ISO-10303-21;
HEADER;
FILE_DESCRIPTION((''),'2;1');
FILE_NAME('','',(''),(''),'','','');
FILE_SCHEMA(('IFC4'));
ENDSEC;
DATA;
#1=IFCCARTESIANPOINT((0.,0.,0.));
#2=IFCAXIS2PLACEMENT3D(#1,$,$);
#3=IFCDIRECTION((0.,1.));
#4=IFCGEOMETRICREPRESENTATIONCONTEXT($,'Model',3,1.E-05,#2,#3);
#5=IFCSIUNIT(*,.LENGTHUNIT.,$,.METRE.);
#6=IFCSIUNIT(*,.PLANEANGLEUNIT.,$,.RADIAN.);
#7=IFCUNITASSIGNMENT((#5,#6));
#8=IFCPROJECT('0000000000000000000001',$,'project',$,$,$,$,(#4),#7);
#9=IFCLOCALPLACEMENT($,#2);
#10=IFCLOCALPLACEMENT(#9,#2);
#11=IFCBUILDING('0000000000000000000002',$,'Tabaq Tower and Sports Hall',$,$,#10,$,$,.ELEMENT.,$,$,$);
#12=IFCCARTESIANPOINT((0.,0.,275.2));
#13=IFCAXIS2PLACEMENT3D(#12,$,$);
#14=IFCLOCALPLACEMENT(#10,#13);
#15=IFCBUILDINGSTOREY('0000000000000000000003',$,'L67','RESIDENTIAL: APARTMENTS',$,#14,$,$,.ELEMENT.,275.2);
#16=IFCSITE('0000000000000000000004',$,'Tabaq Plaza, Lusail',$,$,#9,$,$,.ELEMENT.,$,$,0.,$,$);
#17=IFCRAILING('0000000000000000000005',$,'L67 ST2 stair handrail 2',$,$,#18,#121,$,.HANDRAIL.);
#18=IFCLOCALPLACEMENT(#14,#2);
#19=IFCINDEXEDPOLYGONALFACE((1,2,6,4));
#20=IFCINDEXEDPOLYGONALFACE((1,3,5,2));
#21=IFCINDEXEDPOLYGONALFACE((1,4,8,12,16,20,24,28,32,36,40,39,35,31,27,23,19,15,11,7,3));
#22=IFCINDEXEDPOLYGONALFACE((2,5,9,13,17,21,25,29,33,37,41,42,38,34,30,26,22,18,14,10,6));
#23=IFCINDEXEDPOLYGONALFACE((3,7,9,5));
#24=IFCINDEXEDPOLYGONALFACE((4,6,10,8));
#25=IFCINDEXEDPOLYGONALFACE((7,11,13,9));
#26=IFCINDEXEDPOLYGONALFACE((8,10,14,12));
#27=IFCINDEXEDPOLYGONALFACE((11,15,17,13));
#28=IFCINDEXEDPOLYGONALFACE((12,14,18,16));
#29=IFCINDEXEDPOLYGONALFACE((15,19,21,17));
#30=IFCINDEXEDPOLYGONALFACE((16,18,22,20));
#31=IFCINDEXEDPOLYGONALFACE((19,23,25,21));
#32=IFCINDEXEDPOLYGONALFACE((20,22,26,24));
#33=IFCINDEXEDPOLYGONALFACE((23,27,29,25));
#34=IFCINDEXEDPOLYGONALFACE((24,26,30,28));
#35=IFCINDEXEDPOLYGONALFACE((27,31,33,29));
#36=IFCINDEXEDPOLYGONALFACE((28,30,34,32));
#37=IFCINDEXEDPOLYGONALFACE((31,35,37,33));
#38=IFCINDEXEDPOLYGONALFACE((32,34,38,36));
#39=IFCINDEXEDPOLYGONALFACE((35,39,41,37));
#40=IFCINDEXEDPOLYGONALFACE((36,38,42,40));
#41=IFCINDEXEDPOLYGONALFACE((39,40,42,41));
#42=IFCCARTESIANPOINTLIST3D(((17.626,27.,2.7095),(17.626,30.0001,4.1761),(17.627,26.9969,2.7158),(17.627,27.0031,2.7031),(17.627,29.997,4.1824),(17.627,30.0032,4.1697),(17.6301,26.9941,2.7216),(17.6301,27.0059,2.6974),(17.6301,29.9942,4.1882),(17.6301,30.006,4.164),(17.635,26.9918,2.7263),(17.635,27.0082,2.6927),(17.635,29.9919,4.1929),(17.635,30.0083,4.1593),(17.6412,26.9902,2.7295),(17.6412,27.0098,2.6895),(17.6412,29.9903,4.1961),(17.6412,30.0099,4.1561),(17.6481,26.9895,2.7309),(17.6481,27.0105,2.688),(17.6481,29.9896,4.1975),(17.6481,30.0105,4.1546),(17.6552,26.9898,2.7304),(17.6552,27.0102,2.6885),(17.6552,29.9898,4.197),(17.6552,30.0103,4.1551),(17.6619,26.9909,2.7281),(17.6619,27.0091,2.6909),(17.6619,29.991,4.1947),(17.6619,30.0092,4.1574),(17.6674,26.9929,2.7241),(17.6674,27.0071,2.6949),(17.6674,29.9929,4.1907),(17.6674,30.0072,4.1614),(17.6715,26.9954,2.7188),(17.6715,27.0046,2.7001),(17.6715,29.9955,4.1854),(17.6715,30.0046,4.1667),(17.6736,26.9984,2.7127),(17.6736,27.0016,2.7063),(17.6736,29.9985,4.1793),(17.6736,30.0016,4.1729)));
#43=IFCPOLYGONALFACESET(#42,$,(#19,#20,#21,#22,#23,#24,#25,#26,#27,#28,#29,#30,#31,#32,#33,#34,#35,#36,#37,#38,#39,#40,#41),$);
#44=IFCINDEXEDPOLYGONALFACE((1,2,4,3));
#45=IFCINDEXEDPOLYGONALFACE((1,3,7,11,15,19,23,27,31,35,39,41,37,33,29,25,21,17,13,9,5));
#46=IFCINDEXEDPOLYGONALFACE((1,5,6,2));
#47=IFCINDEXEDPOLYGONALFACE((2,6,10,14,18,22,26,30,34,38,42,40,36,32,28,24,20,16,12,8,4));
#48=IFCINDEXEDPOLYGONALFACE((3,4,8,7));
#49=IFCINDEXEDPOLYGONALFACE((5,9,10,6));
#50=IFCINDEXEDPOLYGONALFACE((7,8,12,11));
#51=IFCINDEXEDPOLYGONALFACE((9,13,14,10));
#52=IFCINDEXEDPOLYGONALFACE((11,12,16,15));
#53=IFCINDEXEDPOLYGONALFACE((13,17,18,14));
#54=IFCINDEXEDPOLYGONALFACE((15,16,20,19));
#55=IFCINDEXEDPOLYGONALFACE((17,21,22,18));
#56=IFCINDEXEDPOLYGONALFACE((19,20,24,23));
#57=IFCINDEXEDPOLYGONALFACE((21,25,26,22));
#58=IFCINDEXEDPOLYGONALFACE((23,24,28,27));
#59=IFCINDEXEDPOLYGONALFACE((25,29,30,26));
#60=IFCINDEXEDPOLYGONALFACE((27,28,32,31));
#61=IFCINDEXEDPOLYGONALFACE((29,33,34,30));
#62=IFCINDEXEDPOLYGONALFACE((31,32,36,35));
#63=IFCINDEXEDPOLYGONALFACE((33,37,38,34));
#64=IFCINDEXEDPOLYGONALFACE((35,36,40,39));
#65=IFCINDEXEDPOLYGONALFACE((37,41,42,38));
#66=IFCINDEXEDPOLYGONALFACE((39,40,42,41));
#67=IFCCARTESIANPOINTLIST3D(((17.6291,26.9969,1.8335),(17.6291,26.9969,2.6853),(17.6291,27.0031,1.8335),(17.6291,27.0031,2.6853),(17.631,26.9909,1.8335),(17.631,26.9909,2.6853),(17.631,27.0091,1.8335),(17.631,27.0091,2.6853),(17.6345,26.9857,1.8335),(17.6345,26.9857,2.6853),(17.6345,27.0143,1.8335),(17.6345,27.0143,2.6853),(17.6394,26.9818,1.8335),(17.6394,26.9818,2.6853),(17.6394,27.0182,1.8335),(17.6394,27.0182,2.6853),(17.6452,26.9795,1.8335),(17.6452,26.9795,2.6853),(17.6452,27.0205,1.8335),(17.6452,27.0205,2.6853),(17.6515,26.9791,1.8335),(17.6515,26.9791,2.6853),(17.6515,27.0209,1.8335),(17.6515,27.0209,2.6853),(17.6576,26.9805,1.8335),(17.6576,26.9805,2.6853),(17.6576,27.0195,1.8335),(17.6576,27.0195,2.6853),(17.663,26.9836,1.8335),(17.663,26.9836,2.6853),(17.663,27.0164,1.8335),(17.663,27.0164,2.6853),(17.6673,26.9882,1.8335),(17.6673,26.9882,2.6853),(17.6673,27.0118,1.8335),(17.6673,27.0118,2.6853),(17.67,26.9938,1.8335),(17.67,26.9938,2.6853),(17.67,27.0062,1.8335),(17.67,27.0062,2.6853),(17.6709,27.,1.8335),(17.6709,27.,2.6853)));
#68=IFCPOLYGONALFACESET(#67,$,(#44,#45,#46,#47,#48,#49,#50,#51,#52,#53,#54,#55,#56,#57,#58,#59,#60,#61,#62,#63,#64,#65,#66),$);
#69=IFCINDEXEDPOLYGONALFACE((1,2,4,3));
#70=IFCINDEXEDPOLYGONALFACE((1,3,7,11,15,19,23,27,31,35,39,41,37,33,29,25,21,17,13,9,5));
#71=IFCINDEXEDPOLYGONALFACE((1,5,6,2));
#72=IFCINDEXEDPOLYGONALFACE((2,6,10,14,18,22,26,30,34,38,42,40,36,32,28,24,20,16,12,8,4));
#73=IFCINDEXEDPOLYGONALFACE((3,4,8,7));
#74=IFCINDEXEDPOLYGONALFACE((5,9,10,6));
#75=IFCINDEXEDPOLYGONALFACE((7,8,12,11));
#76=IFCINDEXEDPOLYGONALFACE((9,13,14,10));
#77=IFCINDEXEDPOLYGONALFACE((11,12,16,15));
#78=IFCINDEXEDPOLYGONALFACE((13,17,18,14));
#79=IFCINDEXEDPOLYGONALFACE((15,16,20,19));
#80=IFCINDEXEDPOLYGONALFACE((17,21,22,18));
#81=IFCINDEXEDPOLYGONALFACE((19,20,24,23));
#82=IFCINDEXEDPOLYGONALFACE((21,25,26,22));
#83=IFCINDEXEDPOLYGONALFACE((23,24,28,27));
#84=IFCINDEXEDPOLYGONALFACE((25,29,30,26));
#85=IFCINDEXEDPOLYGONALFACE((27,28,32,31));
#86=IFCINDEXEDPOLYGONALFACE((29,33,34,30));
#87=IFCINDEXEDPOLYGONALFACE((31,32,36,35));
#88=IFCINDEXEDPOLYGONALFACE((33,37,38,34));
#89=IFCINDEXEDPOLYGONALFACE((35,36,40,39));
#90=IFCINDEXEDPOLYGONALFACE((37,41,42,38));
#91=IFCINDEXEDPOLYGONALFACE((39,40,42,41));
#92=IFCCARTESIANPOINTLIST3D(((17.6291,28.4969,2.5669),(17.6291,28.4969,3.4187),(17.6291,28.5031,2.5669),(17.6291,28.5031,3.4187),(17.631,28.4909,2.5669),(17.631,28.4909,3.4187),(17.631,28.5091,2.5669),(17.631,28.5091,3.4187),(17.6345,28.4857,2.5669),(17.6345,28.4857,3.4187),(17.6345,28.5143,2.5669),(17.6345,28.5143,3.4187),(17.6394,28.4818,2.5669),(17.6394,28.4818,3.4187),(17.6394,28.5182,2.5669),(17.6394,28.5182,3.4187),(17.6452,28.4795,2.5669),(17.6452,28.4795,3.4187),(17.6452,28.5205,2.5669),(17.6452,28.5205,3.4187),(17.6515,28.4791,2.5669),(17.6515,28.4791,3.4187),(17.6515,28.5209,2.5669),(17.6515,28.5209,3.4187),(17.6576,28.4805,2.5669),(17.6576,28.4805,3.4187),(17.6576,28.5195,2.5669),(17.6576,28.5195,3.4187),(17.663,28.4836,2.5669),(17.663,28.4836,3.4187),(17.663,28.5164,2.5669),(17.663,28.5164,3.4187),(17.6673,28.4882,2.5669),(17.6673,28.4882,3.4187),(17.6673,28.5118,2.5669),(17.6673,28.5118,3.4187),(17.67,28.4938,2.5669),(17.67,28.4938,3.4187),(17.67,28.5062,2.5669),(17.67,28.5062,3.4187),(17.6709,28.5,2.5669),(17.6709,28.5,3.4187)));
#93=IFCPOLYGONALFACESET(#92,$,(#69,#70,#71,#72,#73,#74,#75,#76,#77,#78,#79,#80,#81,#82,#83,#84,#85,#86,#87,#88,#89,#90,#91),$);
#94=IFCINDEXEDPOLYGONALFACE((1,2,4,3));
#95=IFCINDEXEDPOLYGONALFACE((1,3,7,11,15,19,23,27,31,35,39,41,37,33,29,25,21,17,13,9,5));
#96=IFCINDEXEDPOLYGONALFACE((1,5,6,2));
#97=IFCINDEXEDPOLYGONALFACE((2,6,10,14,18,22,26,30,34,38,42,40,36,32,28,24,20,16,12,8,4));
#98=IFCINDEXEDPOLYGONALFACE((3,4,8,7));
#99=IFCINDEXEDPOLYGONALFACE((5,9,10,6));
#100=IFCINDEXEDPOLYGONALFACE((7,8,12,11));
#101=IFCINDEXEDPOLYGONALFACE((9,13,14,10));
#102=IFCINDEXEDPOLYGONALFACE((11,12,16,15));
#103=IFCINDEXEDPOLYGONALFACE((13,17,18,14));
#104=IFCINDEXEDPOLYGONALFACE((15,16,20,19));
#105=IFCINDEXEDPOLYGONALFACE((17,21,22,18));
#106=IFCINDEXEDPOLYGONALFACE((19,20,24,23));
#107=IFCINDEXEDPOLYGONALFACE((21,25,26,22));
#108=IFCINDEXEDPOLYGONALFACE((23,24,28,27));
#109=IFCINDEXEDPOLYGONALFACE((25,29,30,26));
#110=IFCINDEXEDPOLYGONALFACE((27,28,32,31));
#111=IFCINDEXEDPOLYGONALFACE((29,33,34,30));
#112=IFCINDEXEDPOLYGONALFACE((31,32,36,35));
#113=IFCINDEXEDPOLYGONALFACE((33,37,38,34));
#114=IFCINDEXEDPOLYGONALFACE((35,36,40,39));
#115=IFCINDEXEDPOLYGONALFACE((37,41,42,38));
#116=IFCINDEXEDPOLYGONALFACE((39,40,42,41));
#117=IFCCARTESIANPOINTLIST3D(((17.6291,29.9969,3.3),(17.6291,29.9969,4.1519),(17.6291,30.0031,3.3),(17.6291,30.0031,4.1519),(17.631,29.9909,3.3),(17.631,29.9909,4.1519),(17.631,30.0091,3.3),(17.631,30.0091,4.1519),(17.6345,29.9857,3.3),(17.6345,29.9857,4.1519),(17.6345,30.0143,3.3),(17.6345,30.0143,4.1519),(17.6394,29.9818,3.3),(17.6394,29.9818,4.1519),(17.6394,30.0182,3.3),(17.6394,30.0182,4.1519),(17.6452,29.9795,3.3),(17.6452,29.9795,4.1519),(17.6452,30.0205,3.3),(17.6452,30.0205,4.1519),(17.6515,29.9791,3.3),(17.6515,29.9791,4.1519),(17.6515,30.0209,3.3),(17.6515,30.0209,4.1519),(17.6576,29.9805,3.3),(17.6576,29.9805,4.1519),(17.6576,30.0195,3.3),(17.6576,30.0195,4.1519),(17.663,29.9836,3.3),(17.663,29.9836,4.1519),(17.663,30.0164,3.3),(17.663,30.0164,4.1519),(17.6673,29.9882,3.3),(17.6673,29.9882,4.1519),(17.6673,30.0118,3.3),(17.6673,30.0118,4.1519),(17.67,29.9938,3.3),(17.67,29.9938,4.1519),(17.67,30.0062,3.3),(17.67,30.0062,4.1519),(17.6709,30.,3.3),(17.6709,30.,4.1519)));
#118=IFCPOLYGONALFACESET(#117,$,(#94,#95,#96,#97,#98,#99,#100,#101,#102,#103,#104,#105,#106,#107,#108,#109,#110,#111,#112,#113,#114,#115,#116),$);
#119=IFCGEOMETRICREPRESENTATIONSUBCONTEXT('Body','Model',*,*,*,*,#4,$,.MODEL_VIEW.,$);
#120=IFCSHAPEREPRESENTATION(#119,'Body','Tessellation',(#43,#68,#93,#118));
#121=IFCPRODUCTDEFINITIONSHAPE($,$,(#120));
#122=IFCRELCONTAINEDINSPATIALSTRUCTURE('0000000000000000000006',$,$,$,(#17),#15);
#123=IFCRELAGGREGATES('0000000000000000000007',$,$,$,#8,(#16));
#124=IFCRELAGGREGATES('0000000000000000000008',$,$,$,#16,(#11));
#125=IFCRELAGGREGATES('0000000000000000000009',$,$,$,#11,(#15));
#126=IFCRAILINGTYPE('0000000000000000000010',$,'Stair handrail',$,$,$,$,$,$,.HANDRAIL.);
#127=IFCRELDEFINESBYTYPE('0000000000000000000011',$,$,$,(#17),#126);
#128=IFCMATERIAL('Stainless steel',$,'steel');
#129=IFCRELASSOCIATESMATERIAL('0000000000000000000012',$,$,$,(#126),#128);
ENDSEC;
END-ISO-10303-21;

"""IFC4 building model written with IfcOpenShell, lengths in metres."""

from ifc_helpers import new_model, si_unit, direction, frame, origin, origin_2d, place, context, subcontext, project, spatial, circle, extrude, material, type_object, element, save


model = new_model("IFC4")

# Units and contexts
model_context = context("Model", 3, precision=1e-05, world=origin(), true_north=direction((0.0, 1.0)))
body_context = subcontext(model_context, "Body", "Model", "MODEL_VIEW")
ifc_project = project(units=[si_unit("LENGTHUNIT", "METRE"), si_unit("PLANEANGLEUNIT", "RADIAN")], contexts=[model_context])

# Site, building, storey
site_placement = place(None, origin())
site = spatial("IfcSite", under=ifc_project, at=site_placement, Name="Tabaq Plaza, Lusail", CompositionType="ELEMENT", RefElevation=0.0)
building_placement = place(site_placement, origin())
building = spatial("IfcBuilding", under=site, at=building_placement, Name="Tabaq Tower and Sports Hall", CompositionType="ELEMENT")
storey_placement = place(building_placement, frame((0.0, 0.0, 275.2)))
storey = spatial("IfcBuildingStorey", under=building, at=storey_placement, Name="L67", Description="RESIDENTIAL: APARTMENTS", CompositionType="ELEMENT", Elevation=275.2)

# Railing
ifc_material_1 = material(Name="Stainless steel", Category="steel")
railing_type_1 = type_object("IfcRailingType", Name="Stair handrail", PredefinedType="HANDRAIL", material=ifc_material_1)
railing_1_placement = place(storey_placement, frame((17.6499, 27.0, 1.8335)))
element("IfcRailing", 1, at=railing_1_placement, inside=storey, type_object=railing_type_1, Name="L67 ST2 stair handrail 2", PredefinedType="HANDRAIL", context=body_context, shape_type="SweptSolid", body=[
    extrude(circle(Radius=0.0239, at=origin_2d()), frame((0.0, 0.0, 0.876), z_axis=(0.0, 0.898398, 0.439183), x_axis=(-1.0, 0.0, 0.0)), (0.0, 0.0, 1.0), 3.3394),
    extrude(circle(Radius=0.021, at=origin_2d()), origin(), (0.0, 0.0, 1.0), 0.8518),
    extrude(circle(Radius=0.021, at=origin_2d()), frame((0.0, 1.5, 0.7334)), (0.0, 0.0, 1.0), 0.8518),
    extrude(circle(Radius=0.021, at=origin_2d()), frame((0.0, 3.0, 1.4666)), (0.0, 0.0, 1.0), 0.8518),
])

save(model, "model.ifc")
